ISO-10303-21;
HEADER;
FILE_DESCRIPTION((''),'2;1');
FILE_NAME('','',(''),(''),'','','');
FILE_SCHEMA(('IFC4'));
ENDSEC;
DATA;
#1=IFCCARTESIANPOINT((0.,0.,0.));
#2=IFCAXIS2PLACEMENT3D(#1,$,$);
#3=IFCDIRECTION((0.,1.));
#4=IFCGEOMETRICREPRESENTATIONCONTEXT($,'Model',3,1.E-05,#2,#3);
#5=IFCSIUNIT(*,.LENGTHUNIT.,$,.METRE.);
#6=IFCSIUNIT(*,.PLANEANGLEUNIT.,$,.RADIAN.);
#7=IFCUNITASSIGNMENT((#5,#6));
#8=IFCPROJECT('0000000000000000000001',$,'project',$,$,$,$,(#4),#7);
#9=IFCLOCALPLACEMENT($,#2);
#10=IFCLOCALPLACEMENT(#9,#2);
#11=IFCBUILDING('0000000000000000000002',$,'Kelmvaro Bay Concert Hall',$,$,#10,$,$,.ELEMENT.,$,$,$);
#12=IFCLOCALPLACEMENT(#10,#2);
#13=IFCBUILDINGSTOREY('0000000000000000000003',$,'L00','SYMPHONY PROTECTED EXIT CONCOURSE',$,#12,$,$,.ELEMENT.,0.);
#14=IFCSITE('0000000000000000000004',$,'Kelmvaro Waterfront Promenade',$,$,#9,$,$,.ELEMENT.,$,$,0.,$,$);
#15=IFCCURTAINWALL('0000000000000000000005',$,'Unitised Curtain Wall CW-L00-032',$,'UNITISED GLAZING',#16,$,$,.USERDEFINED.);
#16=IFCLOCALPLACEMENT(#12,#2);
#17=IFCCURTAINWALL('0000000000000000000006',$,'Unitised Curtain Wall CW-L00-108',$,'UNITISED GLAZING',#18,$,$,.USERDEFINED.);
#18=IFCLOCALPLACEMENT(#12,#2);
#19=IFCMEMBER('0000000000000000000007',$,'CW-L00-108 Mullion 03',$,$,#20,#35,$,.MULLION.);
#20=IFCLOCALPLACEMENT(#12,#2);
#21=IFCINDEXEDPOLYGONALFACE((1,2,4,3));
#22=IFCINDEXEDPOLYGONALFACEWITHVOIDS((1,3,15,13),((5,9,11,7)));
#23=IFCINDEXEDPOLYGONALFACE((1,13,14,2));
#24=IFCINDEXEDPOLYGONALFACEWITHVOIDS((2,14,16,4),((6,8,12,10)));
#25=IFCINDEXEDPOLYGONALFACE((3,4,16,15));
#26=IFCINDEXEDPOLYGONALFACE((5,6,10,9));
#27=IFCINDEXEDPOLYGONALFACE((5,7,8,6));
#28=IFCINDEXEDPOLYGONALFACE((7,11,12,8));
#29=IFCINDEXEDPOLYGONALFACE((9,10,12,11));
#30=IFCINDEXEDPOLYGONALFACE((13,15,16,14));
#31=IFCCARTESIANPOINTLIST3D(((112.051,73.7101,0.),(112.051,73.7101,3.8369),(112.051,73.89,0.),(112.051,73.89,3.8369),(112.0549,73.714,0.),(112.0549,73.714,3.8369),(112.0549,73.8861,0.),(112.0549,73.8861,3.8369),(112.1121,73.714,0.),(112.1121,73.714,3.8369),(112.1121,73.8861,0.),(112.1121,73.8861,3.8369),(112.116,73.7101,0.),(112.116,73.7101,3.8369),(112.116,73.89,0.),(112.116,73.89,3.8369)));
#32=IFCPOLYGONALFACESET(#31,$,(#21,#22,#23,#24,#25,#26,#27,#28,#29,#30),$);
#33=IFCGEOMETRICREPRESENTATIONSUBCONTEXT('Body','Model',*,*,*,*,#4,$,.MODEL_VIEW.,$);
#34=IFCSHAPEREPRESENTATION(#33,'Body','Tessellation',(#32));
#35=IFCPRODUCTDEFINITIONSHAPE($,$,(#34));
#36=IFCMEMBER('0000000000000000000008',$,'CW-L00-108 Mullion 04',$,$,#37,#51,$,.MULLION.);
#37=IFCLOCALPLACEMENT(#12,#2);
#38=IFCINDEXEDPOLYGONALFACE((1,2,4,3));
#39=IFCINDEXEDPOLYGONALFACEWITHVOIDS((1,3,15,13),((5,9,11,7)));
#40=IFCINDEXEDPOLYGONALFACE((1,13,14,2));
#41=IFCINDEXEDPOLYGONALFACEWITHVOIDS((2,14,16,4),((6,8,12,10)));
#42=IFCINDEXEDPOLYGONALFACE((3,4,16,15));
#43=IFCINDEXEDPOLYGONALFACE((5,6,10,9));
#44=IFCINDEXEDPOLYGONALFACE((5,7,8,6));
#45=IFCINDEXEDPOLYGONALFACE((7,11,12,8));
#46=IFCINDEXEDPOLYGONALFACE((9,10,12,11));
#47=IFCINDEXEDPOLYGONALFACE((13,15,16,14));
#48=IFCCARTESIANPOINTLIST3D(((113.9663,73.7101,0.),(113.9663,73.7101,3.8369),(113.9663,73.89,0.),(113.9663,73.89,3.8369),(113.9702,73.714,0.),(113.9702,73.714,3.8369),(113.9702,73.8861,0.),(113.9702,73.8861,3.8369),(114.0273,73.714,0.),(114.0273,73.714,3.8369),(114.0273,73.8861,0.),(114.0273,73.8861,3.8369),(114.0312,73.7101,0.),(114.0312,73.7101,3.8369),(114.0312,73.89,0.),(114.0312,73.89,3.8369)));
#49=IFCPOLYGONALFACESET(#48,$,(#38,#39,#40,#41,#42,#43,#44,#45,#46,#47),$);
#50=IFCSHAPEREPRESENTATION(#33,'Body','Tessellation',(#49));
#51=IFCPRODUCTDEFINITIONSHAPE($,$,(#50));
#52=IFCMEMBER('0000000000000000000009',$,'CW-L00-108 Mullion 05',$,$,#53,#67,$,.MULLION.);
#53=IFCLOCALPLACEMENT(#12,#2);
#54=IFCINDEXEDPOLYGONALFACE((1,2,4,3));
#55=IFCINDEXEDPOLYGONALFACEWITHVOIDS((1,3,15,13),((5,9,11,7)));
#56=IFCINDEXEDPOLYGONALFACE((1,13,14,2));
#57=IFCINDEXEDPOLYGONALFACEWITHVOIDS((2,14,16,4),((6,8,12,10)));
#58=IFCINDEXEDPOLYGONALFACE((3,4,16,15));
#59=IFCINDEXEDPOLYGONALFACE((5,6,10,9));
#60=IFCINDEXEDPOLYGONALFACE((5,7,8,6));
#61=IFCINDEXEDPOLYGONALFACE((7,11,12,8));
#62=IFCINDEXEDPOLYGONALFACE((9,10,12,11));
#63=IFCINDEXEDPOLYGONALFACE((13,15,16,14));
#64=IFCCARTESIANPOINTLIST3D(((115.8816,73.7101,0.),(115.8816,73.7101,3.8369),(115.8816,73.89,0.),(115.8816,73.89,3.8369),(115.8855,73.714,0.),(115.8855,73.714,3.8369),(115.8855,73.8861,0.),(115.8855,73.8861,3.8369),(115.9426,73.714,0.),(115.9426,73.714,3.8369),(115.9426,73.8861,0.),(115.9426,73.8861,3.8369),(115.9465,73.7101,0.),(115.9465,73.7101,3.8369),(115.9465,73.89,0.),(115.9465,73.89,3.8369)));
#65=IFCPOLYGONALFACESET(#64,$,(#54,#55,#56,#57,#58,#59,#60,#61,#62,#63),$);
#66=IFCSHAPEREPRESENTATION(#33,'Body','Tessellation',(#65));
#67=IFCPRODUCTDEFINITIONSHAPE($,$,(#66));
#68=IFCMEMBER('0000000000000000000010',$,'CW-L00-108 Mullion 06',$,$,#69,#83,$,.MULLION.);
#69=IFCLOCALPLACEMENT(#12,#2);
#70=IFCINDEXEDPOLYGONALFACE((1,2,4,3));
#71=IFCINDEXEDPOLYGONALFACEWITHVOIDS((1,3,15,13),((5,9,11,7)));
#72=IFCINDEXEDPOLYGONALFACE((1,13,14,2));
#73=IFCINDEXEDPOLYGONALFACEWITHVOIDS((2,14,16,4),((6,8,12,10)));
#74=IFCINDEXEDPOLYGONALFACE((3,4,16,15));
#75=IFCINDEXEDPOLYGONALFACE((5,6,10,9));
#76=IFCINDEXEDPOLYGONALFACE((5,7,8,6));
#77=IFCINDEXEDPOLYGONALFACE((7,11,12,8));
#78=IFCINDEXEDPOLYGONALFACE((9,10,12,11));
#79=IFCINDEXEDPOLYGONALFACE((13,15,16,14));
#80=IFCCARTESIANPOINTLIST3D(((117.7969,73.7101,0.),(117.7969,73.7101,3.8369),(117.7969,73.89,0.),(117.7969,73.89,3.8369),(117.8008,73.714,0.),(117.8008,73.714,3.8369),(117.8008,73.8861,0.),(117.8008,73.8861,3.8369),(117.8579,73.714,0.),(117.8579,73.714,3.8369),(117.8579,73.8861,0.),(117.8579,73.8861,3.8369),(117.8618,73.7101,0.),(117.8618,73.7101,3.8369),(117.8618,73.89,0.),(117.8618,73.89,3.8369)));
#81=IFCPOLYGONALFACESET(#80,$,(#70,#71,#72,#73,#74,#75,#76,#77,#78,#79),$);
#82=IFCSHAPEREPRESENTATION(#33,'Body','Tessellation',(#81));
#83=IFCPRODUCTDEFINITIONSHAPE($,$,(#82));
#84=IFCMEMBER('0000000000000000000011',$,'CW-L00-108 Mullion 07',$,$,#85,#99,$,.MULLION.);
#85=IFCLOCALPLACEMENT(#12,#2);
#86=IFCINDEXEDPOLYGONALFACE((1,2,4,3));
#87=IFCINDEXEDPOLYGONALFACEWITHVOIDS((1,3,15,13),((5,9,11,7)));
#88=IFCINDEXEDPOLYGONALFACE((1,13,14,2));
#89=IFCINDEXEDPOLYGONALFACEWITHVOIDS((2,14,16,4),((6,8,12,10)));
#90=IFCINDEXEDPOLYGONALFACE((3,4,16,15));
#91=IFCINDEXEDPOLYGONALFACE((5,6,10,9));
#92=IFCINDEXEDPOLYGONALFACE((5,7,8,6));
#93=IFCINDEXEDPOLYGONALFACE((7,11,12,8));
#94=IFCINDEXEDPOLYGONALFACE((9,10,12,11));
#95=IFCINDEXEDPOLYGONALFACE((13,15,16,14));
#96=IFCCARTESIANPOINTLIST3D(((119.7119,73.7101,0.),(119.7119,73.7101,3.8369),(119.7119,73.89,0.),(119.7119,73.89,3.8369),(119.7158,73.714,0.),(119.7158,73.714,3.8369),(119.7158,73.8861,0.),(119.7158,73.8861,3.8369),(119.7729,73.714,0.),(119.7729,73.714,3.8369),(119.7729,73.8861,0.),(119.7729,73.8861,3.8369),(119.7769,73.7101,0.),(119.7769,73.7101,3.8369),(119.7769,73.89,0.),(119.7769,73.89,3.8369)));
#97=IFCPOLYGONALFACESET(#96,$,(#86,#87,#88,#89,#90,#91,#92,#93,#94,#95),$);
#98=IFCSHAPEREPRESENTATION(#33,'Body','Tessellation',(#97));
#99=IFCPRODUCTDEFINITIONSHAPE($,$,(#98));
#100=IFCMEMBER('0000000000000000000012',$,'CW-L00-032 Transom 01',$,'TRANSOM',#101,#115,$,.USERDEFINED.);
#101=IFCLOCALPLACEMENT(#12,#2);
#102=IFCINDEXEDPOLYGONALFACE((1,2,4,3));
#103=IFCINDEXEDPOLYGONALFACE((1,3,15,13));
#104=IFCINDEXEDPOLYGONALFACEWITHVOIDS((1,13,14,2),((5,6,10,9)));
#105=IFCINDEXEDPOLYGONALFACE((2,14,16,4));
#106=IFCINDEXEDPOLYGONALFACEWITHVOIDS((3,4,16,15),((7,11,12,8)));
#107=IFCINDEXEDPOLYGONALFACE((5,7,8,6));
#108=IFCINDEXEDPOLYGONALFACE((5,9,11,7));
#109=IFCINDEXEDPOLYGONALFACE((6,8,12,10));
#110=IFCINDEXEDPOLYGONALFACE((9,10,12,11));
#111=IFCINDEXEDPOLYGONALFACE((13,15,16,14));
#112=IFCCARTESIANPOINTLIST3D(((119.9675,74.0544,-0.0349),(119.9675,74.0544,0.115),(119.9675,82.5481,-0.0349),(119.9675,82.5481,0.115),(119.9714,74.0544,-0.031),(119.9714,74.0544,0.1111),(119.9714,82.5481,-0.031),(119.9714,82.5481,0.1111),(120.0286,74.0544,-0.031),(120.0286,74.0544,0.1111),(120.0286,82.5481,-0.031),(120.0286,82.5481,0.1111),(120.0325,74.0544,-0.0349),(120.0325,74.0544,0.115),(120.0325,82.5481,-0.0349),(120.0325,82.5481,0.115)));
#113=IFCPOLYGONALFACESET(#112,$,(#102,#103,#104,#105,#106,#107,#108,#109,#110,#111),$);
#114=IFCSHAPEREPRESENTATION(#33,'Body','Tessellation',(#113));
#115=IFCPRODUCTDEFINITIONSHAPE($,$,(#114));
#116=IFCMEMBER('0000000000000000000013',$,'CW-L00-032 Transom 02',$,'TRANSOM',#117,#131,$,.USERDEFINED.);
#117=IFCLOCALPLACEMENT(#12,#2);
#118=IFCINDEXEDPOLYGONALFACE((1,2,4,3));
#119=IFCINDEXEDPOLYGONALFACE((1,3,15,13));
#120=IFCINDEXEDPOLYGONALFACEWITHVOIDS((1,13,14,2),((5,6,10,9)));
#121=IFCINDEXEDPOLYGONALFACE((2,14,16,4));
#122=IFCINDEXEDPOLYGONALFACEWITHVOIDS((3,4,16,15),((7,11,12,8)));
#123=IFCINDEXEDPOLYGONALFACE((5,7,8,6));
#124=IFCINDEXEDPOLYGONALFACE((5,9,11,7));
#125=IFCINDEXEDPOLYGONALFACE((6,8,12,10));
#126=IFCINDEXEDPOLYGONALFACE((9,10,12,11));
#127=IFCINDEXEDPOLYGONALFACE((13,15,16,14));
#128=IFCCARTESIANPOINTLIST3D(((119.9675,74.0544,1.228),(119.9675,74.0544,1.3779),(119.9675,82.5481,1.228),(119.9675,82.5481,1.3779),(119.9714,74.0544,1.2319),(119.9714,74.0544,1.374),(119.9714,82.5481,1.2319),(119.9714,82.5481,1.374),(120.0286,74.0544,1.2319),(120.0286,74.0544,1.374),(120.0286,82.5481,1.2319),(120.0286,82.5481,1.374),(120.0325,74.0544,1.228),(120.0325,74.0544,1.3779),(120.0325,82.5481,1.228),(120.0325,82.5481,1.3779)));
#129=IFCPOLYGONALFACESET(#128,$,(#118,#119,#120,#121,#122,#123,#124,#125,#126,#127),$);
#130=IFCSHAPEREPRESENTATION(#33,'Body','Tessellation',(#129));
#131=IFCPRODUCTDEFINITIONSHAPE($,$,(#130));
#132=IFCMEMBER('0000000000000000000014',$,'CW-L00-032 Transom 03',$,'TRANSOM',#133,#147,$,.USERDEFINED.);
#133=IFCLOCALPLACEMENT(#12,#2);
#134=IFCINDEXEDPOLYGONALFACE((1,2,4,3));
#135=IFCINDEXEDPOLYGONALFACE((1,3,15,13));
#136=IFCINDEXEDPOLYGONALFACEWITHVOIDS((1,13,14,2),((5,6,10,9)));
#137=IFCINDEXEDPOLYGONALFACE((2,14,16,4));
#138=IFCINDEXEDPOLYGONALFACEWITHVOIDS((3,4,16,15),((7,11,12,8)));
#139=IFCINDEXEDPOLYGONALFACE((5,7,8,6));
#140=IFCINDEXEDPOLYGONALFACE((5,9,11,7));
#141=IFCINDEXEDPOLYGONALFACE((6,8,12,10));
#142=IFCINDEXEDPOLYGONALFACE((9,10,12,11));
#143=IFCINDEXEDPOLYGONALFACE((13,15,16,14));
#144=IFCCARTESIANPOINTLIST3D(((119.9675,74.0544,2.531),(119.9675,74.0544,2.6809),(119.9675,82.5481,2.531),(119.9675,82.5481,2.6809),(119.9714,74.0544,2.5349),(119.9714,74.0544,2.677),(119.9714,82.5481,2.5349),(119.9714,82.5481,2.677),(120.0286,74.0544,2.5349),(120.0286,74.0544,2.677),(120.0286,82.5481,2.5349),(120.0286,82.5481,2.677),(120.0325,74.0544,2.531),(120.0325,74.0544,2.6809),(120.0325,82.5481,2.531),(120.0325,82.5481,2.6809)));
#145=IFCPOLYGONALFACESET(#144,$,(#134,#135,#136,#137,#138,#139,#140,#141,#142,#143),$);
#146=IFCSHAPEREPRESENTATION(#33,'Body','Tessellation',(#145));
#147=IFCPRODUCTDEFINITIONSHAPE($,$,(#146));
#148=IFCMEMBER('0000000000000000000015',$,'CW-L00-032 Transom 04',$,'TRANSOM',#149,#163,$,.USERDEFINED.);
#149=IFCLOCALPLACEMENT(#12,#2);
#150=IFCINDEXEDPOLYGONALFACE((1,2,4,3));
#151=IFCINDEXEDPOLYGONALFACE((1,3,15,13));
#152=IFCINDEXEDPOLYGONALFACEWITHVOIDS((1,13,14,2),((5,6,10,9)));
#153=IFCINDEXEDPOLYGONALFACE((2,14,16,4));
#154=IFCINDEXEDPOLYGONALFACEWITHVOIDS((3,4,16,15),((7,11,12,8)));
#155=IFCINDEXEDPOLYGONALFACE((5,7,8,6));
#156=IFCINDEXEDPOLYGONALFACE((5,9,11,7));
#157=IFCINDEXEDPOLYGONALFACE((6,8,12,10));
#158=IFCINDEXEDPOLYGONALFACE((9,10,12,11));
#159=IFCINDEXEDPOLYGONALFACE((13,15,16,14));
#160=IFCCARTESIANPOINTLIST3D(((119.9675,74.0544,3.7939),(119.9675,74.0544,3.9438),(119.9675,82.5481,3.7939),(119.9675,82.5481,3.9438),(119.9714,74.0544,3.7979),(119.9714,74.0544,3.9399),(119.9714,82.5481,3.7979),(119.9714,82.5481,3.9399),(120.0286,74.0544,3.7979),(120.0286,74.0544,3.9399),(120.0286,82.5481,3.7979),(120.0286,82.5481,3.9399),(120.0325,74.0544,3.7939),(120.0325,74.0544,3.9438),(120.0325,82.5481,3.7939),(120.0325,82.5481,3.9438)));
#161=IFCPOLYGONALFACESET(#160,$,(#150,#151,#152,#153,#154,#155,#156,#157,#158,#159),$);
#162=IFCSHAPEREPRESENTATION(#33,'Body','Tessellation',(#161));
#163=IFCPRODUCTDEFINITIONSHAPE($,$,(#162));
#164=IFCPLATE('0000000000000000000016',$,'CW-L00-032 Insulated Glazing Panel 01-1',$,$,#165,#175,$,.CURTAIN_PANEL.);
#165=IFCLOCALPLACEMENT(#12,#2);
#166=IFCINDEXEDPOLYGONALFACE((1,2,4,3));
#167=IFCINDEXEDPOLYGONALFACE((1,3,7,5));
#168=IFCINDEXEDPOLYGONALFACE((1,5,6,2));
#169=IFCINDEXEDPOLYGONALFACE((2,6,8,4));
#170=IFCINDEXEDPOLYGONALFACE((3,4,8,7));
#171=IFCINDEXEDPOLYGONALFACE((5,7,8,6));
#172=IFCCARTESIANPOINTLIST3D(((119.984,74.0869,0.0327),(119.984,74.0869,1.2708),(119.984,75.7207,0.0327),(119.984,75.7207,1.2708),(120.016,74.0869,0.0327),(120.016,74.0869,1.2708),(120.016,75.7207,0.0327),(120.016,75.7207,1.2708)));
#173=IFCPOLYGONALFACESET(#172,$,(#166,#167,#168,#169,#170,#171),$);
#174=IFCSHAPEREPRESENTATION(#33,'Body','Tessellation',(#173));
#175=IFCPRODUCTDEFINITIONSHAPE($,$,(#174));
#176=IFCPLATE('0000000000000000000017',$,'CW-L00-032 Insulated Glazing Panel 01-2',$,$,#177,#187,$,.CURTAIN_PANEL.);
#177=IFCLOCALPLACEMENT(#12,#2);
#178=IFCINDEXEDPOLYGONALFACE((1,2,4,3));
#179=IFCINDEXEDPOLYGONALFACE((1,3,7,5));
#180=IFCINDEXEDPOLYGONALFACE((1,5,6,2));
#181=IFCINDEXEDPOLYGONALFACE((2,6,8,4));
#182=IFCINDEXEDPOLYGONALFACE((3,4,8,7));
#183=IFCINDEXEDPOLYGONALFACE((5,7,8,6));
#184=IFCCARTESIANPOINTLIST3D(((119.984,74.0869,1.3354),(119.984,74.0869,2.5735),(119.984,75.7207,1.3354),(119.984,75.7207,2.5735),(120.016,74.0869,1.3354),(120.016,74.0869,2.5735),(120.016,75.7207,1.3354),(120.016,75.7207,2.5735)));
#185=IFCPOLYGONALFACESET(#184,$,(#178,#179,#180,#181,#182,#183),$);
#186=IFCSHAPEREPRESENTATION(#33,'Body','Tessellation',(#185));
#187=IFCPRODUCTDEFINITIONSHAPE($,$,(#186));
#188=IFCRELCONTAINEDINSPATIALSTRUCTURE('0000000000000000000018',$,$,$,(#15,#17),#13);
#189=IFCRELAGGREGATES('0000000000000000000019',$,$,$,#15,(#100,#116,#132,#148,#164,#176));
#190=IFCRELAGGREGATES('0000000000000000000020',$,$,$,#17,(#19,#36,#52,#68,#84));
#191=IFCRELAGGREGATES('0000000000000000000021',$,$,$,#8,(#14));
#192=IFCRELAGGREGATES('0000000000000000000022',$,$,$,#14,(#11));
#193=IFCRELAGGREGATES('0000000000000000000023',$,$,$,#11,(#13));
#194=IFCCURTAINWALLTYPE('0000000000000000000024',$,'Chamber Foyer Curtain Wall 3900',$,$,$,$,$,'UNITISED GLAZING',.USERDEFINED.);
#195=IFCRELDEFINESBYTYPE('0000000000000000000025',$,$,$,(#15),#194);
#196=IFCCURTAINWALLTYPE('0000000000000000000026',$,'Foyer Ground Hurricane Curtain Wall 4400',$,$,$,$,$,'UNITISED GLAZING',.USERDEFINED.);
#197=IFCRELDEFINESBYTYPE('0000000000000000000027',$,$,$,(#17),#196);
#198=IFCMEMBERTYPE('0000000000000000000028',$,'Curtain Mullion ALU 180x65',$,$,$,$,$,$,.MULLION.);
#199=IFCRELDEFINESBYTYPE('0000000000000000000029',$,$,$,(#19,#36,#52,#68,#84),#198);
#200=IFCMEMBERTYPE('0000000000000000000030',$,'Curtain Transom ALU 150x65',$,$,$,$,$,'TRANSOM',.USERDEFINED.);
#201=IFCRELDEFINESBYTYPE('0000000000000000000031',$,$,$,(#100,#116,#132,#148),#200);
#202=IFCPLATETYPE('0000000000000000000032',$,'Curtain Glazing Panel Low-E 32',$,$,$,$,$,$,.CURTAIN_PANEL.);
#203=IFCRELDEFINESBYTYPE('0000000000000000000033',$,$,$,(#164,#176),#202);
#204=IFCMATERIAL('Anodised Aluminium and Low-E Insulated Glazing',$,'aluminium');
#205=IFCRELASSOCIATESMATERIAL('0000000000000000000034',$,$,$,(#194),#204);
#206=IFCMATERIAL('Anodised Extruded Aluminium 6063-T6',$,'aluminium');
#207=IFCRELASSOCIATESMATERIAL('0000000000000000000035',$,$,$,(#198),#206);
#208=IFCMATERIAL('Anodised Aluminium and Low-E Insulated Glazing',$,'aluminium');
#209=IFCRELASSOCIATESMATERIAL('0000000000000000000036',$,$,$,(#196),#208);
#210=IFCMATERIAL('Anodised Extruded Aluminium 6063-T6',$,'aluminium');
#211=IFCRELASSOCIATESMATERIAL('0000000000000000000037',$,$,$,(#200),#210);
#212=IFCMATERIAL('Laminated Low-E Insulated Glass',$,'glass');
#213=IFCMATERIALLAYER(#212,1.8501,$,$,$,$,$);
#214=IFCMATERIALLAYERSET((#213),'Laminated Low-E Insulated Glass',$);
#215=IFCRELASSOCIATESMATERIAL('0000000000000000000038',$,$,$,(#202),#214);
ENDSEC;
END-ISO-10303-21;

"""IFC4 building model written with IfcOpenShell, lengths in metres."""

from ifc_helpers import new_model, si_unit, direction, frame, origin, origin_2d, place, context, subcontext, project, spatial, rectangle, hollow_rectangle, extrude, material, layer, layer_set, material_profile, profile_set, type_object, element, aggregate, save


model = new_model("IFC4")

# Units and contexts
model_context = context("Model", 3, precision=1e-05, world=origin(), true_north=direction((0.0, 1.0)))
body_context = subcontext(model_context, "Body", "Model", "MODEL_VIEW")
ifc_project = project(units=[si_unit("LENGTHUNIT", "METRE"), si_unit("PLANEANGLEUNIT", "RADIAN")], contexts=[model_context])

# Site, building, storey
site_placement = place(None, origin())
site = spatial("IfcSite", under=ifc_project, at=site_placement, Name="Kelmvaro Waterfront Promenade", CompositionType="ELEMENT", RefElevation=0.0)
building_placement = place(site_placement, origin())
building = spatial("IfcBuilding", under=site, at=building_placement, Name="Kelmvaro Bay Concert Hall", CompositionType="ELEMENT")
storey_placement = place(building_placement, origin())
storey = spatial("IfcBuildingStorey", under=building, at=storey_placement, Name="L00", Description="SYMPHONY PROTECTED EXIT CONCOURSE", CompositionType="ELEMENT", Elevation=0.0)

# Curtain walls, members
ifc_material_1 = material(Name="Anodised Aluminium and Low-E Insulated Glazing", Category="aluminium")
curtain_wall_type_1 = type_object("IfcCurtainWallType", Name="Chamber Foyer Curtain Wall 3900", ElementType="UNITISED GLAZING", PredefinedType="USERDEFINED", material=ifc_material_1)
curtain_wall_1_placement = place(storey_placement, origin())
curtain_wall_1 = element("IfcCurtainWall", 1, at=curtain_wall_1_placement, inside=storey, type_object=curtain_wall_type_1, Name="Unitised Curtain Wall CW-L00-032", ObjectType="UNITISED GLAZING", PredefinedType="USERDEFINED")
ifc_material_2 = material(Name="Anodised Extruded Aluminium 6063-T6", Category="aluminium")
ifc_material_profile_1 = material_profile(ifc_material_2, hollow_rectangle(XDim=0.0649, YDim=0.1799, WallThickness=0.0039, at=origin_2d()), Name="ALU-MUL-180X65")
ifc_profile_set_1 = profile_set([ifc_material_profile_1], Name="Anodised Extruded Aluminium 6063-T6")
member_type_1 = type_object("IfcMemberType", Name="Curtain Mullion ALU 180x65", PredefinedType="MULLION", material=ifc_profile_set_1)
ifc_material_3 = material(Name="Anodised Aluminium and Low-E Insulated Glazing", Category="aluminium")
curtain_wall_type_2 = type_object("IfcCurtainWallType", Name="Foyer Ground Hurricane Curtain Wall 4400", ElementType="UNITISED GLAZING", PredefinedType="USERDEFINED", material=ifc_material_3)
curtain_wall_2_placement = place(storey_placement, origin())
curtain_wall_2 = element("IfcCurtainWall", 2, at=curtain_wall_2_placement, inside=storey, type_object=curtain_wall_type_2, Name="Unitised Curtain Wall CW-L00-108", ObjectType="UNITISED GLAZING", PredefinedType="USERDEFINED")
member_1_placement = place(storey_placement, frame((112.0835, 73.8, 0.0), z_axis=(0.0, 0.0, 1.0), x_axis=(1.0, 0.0, 0.0)))
member_1 = element("IfcMember", 3, at=member_1_placement, type_object=member_type_1, Name="CW-L00-108 Mullion 03", PredefinedType="MULLION", context=body_context, shape_type="SweptSolid", body=[
    extrude(hollow_rectangle(XDim=0.0649, YDim=0.1799, WallThickness=0.0039, at=origin_2d()), origin(), (0.0, 0.0, 1.0), 3.8369),
])
member_2_placement = place(storey_placement, frame((113.9988, 73.8, 0.0), z_axis=(0.0, 0.0, 1.0), x_axis=(1.0, 0.0, 0.0)))
member_2 = element("IfcMember", 4, at=member_2_placement, type_object=member_type_1, Name="CW-L00-108 Mullion 04", PredefinedType="MULLION", context=body_context, shape_type="SweptSolid", body=[
    extrude(hollow_rectangle(XDim=0.0649, YDim=0.1799, WallThickness=0.0039, at=origin_2d()), origin(), (0.0, 0.0, 1.0), 3.8369),
])
member_3_placement = place(storey_placement, frame((115.9141, 73.8, 0.0), z_axis=(0.0, 0.0, 1.0), x_axis=(1.0, 0.0, 0.0)))
member_3 = element("IfcMember", 5, at=member_3_placement, type_object=member_type_1, Name="CW-L00-108 Mullion 05", PredefinedType="MULLION", context=body_context, shape_type="SweptSolid", body=[
    extrude(hollow_rectangle(XDim=0.0649, YDim=0.1799, WallThickness=0.0039, at=origin_2d()), origin(), (0.0, 0.0, 1.0), 3.8369),
])
member_4_placement = place(storey_placement, frame((117.8293, 73.8, 0.0), z_axis=(0.0, 0.0, 1.0), x_axis=(1.0, 0.0, 0.0)))
member_4 = element("IfcMember", 6, at=member_4_placement, type_object=member_type_1, Name="CW-L00-108 Mullion 06", PredefinedType="MULLION", context=body_context, shape_type="SweptSolid", body=[
    extrude(hollow_rectangle(XDim=0.0649, YDim=0.1799, WallThickness=0.0039, at=origin_2d()), origin(), (0.0, 0.0, 1.0), 3.8369),
])
member_5_placement = place(storey_placement, frame((119.7444, 73.8, 0.0), z_axis=(0.0, 0.0, 1.0), x_axis=(1.0, 0.0, 0.0)))
member_5 = element("IfcMember", 7, at=member_5_placement, type_object=member_type_1, Name="CW-L00-108 Mullion 07", PredefinedType="MULLION", context=body_context, shape_type="SweptSolid", body=[
    extrude(hollow_rectangle(XDim=0.0649, YDim=0.1799, WallThickness=0.0039, at=origin_2d()), origin(), (0.0, 0.0, 1.0), 3.8369),
])

# Members
ifc_material_4 = material(Name="Anodised Extruded Aluminium 6063-T6", Category="aluminium")
ifc_material_profile_2 = material_profile(ifc_material_4, hollow_rectangle(XDim=0.0649, YDim=0.1499, WallThickness=0.0039, at=origin_2d()), Name="ALU-TRN-150X65")
ifc_profile_set_2 = profile_set([ifc_material_profile_2], Name="Anodised Extruded Aluminium 6063-T6")
member_type_2 = type_object("IfcMemberType", Name="Curtain Transom ALU 150x65", ElementType="TRANSOM", PredefinedType="USERDEFINED", material=ifc_profile_set_2)
member_6_placement = place(storey_placement, frame((120.0, 74.0544, 0.04), z_axis=(0.0, 1.0, 0.0), x_axis=(-1.0, 0.0, 0.0)))
member_6 = element("IfcMember", 8, at=member_6_placement, type_object=member_type_2, Name="CW-L00-032 Transom 01", ObjectType="TRANSOM", PredefinedType="USERDEFINED", context=body_context, shape_type="SweptSolid", body=[
    extrude(hollow_rectangle(XDim=0.0649, YDim=0.1499, WallThickness=0.0039, at=origin_2d()), origin(), (0.0, 0.0, 1.0), 8.4937),
])
member_7_placement = place(storey_placement, frame((120.0, 74.0544, 1.303), z_axis=(0.0, 1.0, 0.0), x_axis=(-1.0, 0.0, 0.0)))
member_7 = element("IfcMember", 9, at=member_7_placement, type_object=member_type_2, Name="CW-L00-032 Transom 02", ObjectType="TRANSOM", PredefinedType="USERDEFINED", context=body_context, shape_type="SweptSolid", body=[
    extrude(hollow_rectangle(XDim=0.0649, YDim=0.1499, WallThickness=0.0039, at=origin_2d()), origin(), (0.0, 0.0, 1.0), 8.4937),
])
member_8_placement = place(storey_placement, frame((120.0, 74.0544, 2.606), z_axis=(0.0, 1.0, 0.0), x_axis=(-1.0, 0.0, 0.0)))
member_8 = element("IfcMember", 10, at=member_8_placement, type_object=member_type_2, Name="CW-L00-032 Transom 03", ObjectType="TRANSOM", PredefinedType="USERDEFINED", context=body_context, shape_type="SweptSolid", body=[
    extrude(hollow_rectangle(XDim=0.0649, YDim=0.1499, WallThickness=0.0039, at=origin_2d()), origin(), (0.0, 0.0, 1.0), 8.4937),
])
member_9_placement = place(storey_placement, frame((120.0, 74.0544, 3.8689), z_axis=(0.0, 1.0, 0.0), x_axis=(-1.0, 0.0, 0.0)))
member_9 = element("IfcMember", 11, at=member_9_placement, type_object=member_type_2, Name="CW-L00-032 Transom 04", ObjectType="TRANSOM", PredefinedType="USERDEFINED", context=body_context, shape_type="SweptSolid", body=[
    extrude(hollow_rectangle(XDim=0.0649, YDim=0.1499, WallThickness=0.0039, at=origin_2d()), origin(), (0.0, 0.0, 1.0), 8.4937),
])

# Plates
ifc_material_5 = material(Name="Laminated Low-E Insulated Glass", Category="glass")
ifc_layer = layer(ifc_material_5, 1.8501)
ifc_layer_set = layer_set([ifc_layer], Name="Laminated Low-E Insulated Glass")
plate_type = type_object("IfcPlateType", Name="Curtain Glazing Panel Low-E 32", PredefinedType="CURTAIN_PANEL", material=ifc_layer_set)
plate_1_placement = place(storey_placement, frame((120.0, 74.9038, 0.0327), z_axis=(0.0, 0.0, 1.0), x_axis=(0.0, 1.0, 0.0)))
plate_1 = element("IfcPlate", 12, at=plate_1_placement, type_object=plate_type, Name="CW-L00-032 Insulated Glazing Panel 01-1", PredefinedType="CURTAIN_PANEL", context=body_context, shape_type="SweptSolid", body=[
    extrude(rectangle(XDim=1.6338, YDim=0.032, at=origin_2d()), origin(), (0.0, 0.0, 1.0), 1.238),
])
plate_2_placement = place(storey_placement, frame((120.0, 74.9038, 1.3354), z_axis=(0.0, 0.0, 1.0), x_axis=(0.0, 1.0, 0.0)))
plate_2 = element("IfcPlate", 13, at=plate_2_placement, type_object=plate_type, Name="CW-L00-032 Insulated Glazing Panel 01-2", PredefinedType="CURTAIN_PANEL", context=body_context, shape_type="SweptSolid", body=[
    extrude(rectangle(XDim=1.6338, YDim=0.032, at=origin_2d()), origin(), (0.0, 0.0, 1.0), 1.238),
])
aggregate(curtain_wall_1, [member_6, member_7, member_8, member_9, plate_1, plate_2])
aggregate(curtain_wall_2, [member_1, member_2, member_3, member_4, member_5])

save(model, "model.ifc")
